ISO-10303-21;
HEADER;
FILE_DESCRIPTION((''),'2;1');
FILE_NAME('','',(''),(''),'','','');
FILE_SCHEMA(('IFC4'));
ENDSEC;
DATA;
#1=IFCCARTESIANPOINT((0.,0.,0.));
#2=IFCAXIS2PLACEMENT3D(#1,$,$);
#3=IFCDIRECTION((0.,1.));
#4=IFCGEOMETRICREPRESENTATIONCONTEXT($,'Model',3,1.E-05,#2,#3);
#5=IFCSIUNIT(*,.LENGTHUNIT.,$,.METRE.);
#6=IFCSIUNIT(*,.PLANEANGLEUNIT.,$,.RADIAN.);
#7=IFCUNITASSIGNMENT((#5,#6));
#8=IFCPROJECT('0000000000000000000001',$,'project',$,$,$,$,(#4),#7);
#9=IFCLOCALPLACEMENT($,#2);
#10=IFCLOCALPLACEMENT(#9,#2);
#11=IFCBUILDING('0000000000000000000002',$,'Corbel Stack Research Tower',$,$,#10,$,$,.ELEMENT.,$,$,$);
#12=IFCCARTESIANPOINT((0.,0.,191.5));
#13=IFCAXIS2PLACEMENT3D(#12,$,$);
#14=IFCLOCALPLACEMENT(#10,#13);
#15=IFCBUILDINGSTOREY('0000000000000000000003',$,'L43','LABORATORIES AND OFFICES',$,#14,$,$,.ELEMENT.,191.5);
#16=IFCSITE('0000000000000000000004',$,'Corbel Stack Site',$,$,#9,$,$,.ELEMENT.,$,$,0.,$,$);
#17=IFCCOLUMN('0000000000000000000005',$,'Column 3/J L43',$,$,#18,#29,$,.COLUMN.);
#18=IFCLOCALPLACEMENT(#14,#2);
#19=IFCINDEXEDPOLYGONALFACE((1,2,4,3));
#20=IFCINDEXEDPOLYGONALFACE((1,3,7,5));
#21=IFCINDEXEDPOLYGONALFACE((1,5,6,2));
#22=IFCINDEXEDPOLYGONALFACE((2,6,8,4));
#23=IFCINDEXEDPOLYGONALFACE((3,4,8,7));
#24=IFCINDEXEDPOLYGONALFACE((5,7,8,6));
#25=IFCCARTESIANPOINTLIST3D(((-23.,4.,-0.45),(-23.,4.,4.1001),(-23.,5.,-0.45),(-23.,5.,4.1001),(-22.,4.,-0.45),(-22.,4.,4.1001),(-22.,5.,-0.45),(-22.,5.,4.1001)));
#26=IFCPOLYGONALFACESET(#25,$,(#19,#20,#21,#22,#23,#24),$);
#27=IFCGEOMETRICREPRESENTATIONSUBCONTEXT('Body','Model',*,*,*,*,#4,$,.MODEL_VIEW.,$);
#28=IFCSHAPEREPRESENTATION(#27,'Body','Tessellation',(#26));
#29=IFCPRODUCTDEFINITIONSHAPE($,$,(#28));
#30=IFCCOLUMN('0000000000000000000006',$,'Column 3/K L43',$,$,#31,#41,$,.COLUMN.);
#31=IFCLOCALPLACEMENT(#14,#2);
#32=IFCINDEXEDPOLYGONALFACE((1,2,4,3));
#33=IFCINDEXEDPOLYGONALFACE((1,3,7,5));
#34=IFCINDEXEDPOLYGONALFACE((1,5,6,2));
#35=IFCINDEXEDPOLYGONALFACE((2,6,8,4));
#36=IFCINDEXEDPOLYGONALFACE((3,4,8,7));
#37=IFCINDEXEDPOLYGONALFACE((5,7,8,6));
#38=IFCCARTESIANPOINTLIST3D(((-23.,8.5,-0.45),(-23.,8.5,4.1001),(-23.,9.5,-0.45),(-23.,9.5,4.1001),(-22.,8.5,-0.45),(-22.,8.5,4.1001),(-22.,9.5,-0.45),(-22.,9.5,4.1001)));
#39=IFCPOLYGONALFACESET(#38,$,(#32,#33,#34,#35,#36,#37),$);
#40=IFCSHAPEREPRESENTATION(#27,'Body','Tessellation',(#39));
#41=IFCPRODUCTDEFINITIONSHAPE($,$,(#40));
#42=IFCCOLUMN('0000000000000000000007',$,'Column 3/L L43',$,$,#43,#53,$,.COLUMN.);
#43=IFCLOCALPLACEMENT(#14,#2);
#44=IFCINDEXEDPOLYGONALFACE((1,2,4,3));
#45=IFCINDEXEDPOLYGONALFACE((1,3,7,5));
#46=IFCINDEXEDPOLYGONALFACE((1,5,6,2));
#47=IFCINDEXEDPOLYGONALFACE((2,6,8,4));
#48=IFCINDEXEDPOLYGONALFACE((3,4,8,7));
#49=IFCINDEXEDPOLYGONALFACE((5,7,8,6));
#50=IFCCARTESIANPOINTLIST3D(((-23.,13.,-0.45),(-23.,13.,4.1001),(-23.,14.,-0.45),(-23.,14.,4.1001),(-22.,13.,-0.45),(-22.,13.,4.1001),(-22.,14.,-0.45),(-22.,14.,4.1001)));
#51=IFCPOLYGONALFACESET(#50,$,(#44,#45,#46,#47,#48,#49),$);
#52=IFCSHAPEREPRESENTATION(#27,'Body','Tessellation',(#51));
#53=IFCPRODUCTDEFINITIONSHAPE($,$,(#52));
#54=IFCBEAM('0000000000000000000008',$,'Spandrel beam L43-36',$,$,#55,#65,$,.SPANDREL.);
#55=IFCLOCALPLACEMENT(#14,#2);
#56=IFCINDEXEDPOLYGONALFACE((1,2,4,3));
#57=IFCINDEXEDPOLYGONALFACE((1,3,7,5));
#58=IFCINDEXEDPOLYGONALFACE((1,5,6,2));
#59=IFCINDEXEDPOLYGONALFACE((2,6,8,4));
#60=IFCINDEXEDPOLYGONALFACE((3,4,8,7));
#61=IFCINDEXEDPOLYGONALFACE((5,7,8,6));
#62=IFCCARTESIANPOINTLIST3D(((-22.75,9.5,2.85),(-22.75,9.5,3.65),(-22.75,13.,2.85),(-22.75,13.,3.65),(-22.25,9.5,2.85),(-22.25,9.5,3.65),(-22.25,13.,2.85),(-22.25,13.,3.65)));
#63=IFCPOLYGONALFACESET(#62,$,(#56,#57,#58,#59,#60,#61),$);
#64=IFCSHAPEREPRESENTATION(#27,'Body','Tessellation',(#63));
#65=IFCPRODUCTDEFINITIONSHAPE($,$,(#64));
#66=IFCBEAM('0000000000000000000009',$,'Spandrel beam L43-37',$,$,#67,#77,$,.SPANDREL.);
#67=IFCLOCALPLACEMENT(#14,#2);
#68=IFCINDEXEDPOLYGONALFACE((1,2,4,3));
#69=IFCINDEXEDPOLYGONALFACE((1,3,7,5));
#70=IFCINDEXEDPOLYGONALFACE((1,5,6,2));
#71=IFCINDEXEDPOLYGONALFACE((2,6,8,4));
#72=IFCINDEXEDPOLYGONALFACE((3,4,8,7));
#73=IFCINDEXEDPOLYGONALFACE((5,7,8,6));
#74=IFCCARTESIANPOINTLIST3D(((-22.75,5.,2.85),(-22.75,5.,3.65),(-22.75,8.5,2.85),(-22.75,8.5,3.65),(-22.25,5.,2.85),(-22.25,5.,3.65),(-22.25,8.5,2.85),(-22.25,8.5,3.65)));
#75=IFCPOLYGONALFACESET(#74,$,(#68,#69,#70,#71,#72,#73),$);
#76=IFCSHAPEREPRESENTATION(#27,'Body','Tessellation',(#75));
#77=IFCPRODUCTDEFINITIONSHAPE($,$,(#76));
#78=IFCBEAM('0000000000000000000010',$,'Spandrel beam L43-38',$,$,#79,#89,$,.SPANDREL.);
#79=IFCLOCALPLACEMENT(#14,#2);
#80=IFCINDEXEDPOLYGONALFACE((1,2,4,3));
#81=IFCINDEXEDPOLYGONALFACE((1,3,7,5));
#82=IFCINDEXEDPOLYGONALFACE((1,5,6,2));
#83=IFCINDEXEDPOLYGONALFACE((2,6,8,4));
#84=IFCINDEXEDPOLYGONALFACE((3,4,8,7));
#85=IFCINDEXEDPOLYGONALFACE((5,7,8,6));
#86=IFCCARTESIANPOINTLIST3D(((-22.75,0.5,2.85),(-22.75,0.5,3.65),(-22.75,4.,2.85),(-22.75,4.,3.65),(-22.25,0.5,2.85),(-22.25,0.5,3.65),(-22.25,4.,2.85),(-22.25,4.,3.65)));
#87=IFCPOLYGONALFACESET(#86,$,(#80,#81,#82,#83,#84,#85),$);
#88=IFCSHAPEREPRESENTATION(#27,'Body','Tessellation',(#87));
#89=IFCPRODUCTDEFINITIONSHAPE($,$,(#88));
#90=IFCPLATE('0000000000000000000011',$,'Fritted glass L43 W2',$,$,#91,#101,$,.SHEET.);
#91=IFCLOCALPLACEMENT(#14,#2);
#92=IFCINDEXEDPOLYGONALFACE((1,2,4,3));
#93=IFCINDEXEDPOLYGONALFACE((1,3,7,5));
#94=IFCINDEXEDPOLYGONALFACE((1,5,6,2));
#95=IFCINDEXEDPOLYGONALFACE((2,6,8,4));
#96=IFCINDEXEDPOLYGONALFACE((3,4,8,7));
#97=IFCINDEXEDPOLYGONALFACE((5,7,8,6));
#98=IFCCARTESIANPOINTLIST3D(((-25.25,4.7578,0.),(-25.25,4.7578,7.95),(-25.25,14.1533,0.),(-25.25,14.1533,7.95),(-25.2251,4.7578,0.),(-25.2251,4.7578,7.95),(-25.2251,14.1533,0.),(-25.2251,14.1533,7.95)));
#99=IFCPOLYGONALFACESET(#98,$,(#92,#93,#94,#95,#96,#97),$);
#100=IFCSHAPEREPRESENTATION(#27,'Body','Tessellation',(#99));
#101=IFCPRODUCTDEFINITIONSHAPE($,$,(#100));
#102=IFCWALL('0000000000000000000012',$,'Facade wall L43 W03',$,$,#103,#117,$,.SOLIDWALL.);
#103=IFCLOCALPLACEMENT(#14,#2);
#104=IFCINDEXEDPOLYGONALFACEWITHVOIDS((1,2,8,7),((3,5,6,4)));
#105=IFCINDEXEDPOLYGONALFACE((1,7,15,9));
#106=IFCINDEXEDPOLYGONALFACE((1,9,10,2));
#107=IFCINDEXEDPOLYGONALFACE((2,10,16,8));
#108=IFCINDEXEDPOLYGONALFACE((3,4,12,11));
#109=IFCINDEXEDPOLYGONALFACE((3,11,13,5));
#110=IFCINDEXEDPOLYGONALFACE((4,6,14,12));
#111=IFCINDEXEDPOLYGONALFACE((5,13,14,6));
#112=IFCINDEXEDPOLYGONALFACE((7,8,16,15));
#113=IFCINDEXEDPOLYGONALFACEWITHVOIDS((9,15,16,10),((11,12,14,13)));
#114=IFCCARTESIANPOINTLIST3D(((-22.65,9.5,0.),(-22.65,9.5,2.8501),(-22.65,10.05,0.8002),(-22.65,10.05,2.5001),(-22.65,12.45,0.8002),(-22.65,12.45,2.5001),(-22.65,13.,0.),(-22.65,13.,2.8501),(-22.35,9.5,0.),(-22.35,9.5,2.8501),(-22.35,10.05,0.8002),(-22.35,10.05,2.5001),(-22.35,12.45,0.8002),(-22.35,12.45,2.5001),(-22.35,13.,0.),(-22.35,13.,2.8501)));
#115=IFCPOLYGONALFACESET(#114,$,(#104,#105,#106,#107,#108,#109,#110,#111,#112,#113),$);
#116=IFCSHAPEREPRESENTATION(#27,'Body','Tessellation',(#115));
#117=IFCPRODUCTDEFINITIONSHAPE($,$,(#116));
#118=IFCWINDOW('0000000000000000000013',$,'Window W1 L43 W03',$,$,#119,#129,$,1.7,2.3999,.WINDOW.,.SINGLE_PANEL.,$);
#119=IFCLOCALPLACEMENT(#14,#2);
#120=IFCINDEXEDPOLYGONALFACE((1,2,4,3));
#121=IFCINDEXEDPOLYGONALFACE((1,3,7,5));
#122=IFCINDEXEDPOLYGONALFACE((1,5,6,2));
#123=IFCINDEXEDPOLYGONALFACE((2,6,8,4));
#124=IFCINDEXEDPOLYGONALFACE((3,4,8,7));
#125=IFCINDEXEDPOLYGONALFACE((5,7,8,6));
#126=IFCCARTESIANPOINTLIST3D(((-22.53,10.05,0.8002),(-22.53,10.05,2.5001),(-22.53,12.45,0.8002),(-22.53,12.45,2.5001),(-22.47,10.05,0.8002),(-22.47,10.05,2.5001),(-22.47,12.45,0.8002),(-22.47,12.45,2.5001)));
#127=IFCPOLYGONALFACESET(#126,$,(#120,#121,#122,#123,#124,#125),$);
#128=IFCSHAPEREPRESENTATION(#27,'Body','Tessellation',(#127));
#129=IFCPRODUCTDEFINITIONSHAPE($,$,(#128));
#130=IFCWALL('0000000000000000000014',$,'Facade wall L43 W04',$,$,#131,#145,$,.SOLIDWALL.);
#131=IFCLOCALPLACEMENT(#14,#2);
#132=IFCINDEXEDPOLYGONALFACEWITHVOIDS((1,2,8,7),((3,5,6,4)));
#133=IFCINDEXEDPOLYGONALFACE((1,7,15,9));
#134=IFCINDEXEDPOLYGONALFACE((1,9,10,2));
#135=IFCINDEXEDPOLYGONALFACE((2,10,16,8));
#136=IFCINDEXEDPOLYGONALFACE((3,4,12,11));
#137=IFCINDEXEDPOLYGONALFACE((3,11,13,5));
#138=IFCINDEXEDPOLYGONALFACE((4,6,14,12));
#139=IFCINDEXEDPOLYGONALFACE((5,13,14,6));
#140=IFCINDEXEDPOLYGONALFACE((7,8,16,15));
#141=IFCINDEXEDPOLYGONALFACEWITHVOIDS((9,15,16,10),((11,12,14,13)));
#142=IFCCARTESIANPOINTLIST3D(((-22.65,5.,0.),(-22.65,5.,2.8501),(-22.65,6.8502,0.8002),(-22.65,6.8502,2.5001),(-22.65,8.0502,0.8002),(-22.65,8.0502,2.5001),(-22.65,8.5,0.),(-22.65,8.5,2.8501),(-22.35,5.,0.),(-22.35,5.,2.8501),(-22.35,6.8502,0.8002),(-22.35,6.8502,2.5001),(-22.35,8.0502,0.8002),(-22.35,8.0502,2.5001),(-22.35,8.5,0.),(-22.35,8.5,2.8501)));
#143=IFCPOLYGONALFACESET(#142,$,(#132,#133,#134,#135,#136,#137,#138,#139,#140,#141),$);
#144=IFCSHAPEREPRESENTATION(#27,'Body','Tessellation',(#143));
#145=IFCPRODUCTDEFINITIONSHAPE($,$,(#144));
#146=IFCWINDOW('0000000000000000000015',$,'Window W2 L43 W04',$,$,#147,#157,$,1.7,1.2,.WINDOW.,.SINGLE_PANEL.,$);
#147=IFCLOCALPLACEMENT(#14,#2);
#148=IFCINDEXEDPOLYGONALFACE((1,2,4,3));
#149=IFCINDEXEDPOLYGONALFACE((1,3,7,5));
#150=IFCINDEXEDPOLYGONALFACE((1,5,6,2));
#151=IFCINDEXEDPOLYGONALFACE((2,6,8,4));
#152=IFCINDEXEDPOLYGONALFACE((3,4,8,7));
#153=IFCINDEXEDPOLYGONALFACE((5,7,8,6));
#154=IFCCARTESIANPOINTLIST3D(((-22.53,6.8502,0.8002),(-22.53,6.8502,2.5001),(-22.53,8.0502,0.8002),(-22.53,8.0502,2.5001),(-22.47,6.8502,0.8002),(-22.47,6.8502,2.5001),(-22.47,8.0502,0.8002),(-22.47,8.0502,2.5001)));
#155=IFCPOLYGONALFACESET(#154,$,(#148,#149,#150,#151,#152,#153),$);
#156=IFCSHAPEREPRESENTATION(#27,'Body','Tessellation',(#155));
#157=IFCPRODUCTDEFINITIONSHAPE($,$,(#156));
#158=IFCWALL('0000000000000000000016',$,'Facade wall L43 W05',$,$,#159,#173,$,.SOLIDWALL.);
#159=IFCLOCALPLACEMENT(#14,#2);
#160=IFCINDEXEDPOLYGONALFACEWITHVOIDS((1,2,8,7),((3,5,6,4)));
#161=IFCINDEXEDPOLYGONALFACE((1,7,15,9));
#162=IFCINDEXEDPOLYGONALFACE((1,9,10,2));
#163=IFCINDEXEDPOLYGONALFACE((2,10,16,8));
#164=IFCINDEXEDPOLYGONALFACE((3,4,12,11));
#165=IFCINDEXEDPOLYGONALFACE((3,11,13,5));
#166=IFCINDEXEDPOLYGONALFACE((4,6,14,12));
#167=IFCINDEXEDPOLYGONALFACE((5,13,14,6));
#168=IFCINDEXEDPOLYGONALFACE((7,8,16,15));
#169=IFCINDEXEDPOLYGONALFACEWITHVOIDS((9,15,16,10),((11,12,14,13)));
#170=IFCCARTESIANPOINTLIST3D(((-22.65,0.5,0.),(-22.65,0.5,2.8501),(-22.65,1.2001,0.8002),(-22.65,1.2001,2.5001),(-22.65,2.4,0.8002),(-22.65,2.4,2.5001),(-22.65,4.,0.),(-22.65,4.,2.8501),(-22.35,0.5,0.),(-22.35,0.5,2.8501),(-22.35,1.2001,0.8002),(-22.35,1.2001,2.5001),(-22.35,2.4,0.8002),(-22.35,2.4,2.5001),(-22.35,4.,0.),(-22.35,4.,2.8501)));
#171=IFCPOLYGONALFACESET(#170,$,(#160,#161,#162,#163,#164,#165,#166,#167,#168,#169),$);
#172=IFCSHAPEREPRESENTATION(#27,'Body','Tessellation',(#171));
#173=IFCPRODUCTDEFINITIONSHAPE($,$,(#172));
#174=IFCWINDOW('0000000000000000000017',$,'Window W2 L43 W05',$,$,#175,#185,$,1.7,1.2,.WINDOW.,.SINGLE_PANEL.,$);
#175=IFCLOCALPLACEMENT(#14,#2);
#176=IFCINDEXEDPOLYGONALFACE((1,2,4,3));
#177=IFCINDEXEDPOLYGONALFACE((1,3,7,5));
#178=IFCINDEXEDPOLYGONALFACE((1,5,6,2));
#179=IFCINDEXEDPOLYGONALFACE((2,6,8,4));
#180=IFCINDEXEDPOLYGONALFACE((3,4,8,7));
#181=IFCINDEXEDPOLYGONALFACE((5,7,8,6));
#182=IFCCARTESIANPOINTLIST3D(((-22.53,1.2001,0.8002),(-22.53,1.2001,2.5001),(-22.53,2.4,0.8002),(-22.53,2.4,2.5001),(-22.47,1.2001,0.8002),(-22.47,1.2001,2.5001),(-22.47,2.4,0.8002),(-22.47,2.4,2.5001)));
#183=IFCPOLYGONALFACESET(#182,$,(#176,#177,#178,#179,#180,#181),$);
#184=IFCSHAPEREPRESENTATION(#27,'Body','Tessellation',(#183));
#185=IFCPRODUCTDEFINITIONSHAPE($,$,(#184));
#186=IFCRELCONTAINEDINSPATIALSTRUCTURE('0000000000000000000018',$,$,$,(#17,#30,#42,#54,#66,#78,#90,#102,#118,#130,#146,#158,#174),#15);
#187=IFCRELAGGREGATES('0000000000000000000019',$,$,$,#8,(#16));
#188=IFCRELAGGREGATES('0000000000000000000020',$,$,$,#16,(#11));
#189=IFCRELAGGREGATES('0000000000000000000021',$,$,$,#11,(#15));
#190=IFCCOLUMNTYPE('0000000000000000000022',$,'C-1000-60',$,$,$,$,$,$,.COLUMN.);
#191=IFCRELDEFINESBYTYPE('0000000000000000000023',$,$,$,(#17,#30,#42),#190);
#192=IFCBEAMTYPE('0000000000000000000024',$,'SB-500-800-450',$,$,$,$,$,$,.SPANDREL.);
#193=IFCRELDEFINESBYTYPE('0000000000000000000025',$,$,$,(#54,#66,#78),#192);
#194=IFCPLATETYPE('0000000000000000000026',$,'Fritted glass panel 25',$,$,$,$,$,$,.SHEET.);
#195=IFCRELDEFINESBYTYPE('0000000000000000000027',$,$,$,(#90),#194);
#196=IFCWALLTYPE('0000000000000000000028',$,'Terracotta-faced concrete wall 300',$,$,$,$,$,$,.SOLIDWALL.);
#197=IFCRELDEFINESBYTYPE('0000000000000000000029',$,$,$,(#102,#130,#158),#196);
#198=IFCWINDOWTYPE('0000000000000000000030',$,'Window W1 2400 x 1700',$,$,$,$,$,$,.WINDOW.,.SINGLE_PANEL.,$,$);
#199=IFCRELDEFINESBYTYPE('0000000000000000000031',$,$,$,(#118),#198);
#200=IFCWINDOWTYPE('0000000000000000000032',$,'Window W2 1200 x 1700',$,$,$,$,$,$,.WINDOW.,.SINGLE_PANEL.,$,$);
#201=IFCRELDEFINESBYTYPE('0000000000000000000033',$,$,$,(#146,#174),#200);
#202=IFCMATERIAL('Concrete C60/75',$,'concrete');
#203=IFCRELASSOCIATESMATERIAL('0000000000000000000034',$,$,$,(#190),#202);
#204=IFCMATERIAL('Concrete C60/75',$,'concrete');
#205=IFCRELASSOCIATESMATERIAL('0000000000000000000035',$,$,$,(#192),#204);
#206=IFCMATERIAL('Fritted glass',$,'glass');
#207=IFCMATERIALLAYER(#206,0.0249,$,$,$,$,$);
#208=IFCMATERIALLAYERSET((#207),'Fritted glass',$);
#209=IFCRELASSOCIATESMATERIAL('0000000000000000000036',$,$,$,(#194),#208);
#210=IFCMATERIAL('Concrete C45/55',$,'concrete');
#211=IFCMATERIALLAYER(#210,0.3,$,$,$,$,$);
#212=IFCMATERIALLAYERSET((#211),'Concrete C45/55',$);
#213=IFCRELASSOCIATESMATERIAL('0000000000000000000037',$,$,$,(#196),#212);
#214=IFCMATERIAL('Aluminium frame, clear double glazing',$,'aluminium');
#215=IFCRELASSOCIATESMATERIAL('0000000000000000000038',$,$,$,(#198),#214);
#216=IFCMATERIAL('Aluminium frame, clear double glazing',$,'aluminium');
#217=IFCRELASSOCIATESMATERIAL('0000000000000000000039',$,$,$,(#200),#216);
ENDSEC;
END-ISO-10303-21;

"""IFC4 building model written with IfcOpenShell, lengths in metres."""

from ifc_helpers import new_model, si_unit, direction, frame, frame_2d, origin, origin_2d, place, context, subcontext, project, spatial, rectangle, extrude, material, layer, layer_set, material_profile, profile_set, type_object, element, fill, save


model = new_model("IFC4")

# Units and contexts
model_context = context("Model", 3, precision=1e-05, world=origin(), true_north=direction((0.0, 1.0)))
body_context = subcontext(model_context, "Body", "Model", "MODEL_VIEW")
ifc_project = project(units=[si_unit("LENGTHUNIT", "METRE"), si_unit("PLANEANGLEUNIT", "RADIAN")], contexts=[model_context])

# Site, building, storey
site_placement = place(None, origin())
site = spatial("IfcSite", under=ifc_project, at=site_placement, Name="Corbel Stack Site", CompositionType="ELEMENT", RefElevation=0.0)
building_placement = place(site_placement, origin())
building = spatial("IfcBuilding", under=site, at=building_placement, Name="Corbel Stack Research Tower", CompositionType="ELEMENT")
storey_placement = place(building_placement, frame((0.0, 0.0, 191.5)))
storey = spatial("IfcBuildingStorey", under=building, at=storey_placement, Name="L43", Description="LABORATORIES AND OFFICES", CompositionType="ELEMENT", Elevation=191.5)

# Columns
ifc_material_1 = material(Name="Concrete C60/75", Category="concrete")
ifc_material_profile_1 = material_profile(ifc_material_1, rectangle(XDim=1.0, YDim=1.0, at=origin_2d()), Name="RC 1000 x 1000")
ifc_profile_set_1 = profile_set([ifc_material_profile_1], Name="Concrete C60/75")
column_type = type_object("IfcColumnType", Name="C-1000-60", PredefinedType="COLUMN", material=ifc_profile_set_1)
for number, where, z_axis, x_axis, name in (
    (1, (-22.5, 4.5, -0.45), (0.0, 0.0, 1.0), (1.0, 0.0, 0.0), "Column 3/J L43"),
    (2, (-22.5, 9.0, -0.45), (0.0, 0.0, 1.0), (1.0, 0.0, 0.0), "Column 3/K L43"),
    (3, (-22.5, 13.5, -0.45), (0.0, 0.0, 1.0), (1.0, 0.0, 0.0), "Column 3/L L43"),
):
    element("IfcColumn", number, at=place(storey_placement, frame(where, z_axis=z_axis, x_axis=x_axis)), inside=storey, type_object=column_type, Name=name, PredefinedType="COLUMN", context=body_context, shape_type="SweptSolid", body=[
        extrude(rectangle(XDim=1.0, YDim=1.0, at=origin_2d()), origin(), (0.0, 0.0, 1.0), 4.55),
    ])

# Beams
ifc_material_2 = material(Name="Concrete C60/75", Category="concrete")
ifc_material_profile_2 = material_profile(ifc_material_2, rectangle(XDim=0.5, YDim=0.8, at=origin_2d()), Name="RC 500 x 800")
ifc_profile_set_2 = profile_set([ifc_material_profile_2], Name="Concrete C60/75")
beam_type = type_object("IfcBeamType", Name="SB-500-800-450", PredefinedType="SPANDREL", material=ifc_profile_set_2)
for number, where, z_axis, x_axis, name in (
    (4, (-22.5, 13.0, 3.25), (0.0, -1.0, 0.0), (1.0, 0.0, 0.0), "Spandrel beam L43-36"),
    (5, (-22.5, 8.5, 3.25), (0.0, -1.0, 0.0), (1.0, 0.0, 0.0), "Spandrel beam L43-37"),
    (6, (-22.5, 4.0, 3.25), (0.0, -1.0, 0.0), (1.0, 0.0, 0.0), "Spandrel beam L43-38"),
):
    element("IfcBeam", number, at=place(storey_placement, frame(where, z_axis=z_axis, x_axis=x_axis)), inside=storey, type_object=beam_type, Name=name, PredefinedType="SPANDREL", context=body_context, shape_type="SweptSolid", body=[
        extrude(rectangle(XDim=0.5, YDim=0.8, at=origin_2d()), origin(), (0.0, 0.0, 1.0), 3.5),
    ])

# Plate
ifc_material_3 = material(Name="Fritted glass", Category="glass")
ifc_layer_1 = layer(ifc_material_3, 0.0249)
ifc_layer_set_1 = layer_set([ifc_layer_1], Name="Fritted glass")
plate_type = type_object("IfcPlateType", Name="Fritted glass panel 25", PredefinedType="SHEET", material=ifc_layer_set_1)
plate_placement = place(storey_placement, frame((-25.2375, 9.4556, 0.0), z_axis=(0.0, 0.0, 1.0), x_axis=(0.0, -1.0, 0.0)))
element("IfcPlate", 7, at=plate_placement, inside=storey, type_object=plate_type, Name="Fritted glass L43 W2", PredefinedType="SHEET", context=body_context, shape_type="SweptSolid", body=[
    extrude(rectangle(XDim=9.3955, YDim=0.0249, at=origin_2d()), origin(), (0.0, 0.0, 1.0), 7.95),
])

# Walls, openings, windows
ifc_material_4 = material(Name="Concrete C45/55", Category="concrete")
ifc_layer_2 = layer(ifc_material_4, 0.3)
ifc_layer_set_2 = layer_set([ifc_layer_2], Name="Concrete C45/55")
wall_type = type_object("IfcWallType", Name="Terracotta-faced concrete wall 300", PredefinedType="SOLIDWALL", material=ifc_layer_set_2)
wall_1_placement = place(storey_placement, frame((-22.5, 9.5, 0.0), z_axis=(0.0, 0.0, 1.0), x_axis=(0.0, 1.0, 0.0)))
wall_1 = element("IfcWall", 8, at=wall_1_placement, inside=storey, type_object=wall_type, Name="Facade wall L43 W03", PredefinedType="SOLIDWALL", context=body_context, shape_type="SweptSolid", body=[
    extrude(rectangle(XDim=3.5, YDim=0.3, at=frame_2d((1.75, 0.0))), origin(), (0.0, 0.0, 1.0), 2.8501),
])
opening_1_placement = place(wall_1_placement, frame((0.55, 0.0, 0.8)))
opening_1 = element("IfcOpeningElement", 9, at=opening_1_placement, cuts=wall_1, PredefinedType="OPENING", context=body_context, shape_type="SweptSolid", body=[
    extrude(rectangle(XDim=2.3999, YDim=1.7, at=frame_2d((1.2, 0.8501))), frame((0.0, 0.1599, 0.0), z_axis=(0.0, -1.0, 0.0), x_axis=(1.0, 0.0, 0.0)), (0.0, 0.0, 1.0), 0.3201),
])
ifc_material_5 = material(Name="Aluminium frame, clear double glazing", Category="aluminium")
window_type_1 = type_object("IfcWindowType", Name="Window W1 2400 x 1700", PartitioningType="SINGLE_PANEL", PredefinedType="WINDOW", material=ifc_material_5)
window_1_placement = place(opening_1_placement, origin())
window_1 = element("IfcWindow", 10, at=window_1_placement, inside=storey, type_object=window_type_1, Name="Window W1 L43 W03", OverallHeight=1.7, OverallWidth=2.3999, PartitioningType="SINGLE_PANEL", PredefinedType="WINDOW", context=body_context, shape_type="SweptSolid", body=[
    extrude(rectangle(XDim=2.3999, YDim=1.7, at=frame_2d((1.2, 0.8501))), frame((0.0, 0.03, 0.0), z_axis=(0.0, -1.0, 0.0), x_axis=(1.0, 0.0, 0.0)), (0.0, 0.0, 1.0), 0.0601),
])
fill(opening_1, window_1)
wall_2_placement = place(storey_placement, frame((-22.5, 5.0, 0.0), z_axis=(0.0, 0.0, 1.0), x_axis=(0.0, 1.0, 0.0)))
wall_2 = element("IfcWall", 11, at=wall_2_placement, inside=storey, type_object=wall_type, Name="Facade wall L43 W04", PredefinedType="SOLIDWALL", context=body_context, shape_type="SweptSolid", body=[
    extrude(rectangle(XDim=3.5, YDim=0.3, at=frame_2d((1.75, 0.0))), origin(), (0.0, 0.0, 1.0), 2.8501),
])
opening_2_placement = place(wall_2_placement, frame((1.8501, 0.0, 0.8)))
opening_2 = element("IfcOpeningElement", 12, at=opening_2_placement, cuts=wall_2, PredefinedType="OPENING", context=body_context, shape_type="SweptSolid", body=[
    extrude(rectangle(XDim=1.2, YDim=1.7, at=frame_2d((0.6001, 0.8501))), frame((0.0, 0.1599, 0.0), z_axis=(0.0, -1.0, 0.0), x_axis=(1.0, 0.0, 0.0)), (0.0, 0.0, 1.0), 0.3201),
])
ifc_material_6 = material(Name="Aluminium frame, clear double glazing", Category="aluminium")
window_type_2 = type_object("IfcWindowType", Name="Window W2 1200 x 1700", PartitioningType="SINGLE_PANEL", PredefinedType="WINDOW", material=ifc_material_6)
window_2_placement = place(opening_2_placement, origin())
window_2 = element("IfcWindow", 13, at=window_2_placement, inside=storey, type_object=window_type_2, Name="Window W2 L43 W04", OverallHeight=1.7, OverallWidth=1.2, PartitioningType="SINGLE_PANEL", PredefinedType="WINDOW", context=body_context, shape_type="SweptSolid", body=[
    extrude(rectangle(XDim=1.2, YDim=1.7, at=frame_2d((0.6001, 0.8501))), frame((0.0, 0.03, 0.0), z_axis=(0.0, -1.0, 0.0), x_axis=(1.0, 0.0, 0.0)), (0.0, 0.0, 1.0), 0.0601),
])
fill(opening_2, window_2)
wall_3_placement = place(storey_placement, frame((-22.5, 0.5, 0.0), z_axis=(0.0, 0.0, 1.0), x_axis=(0.0, 1.0, 0.0)))
wall_3 = element("IfcWall", 14, at=wall_3_placement, inside=storey, type_object=wall_type, Name="Facade wall L43 W05", PredefinedType="SOLIDWALL", context=body_context, shape_type="SweptSolid", body=[
    extrude(rectangle(XDim=3.5, YDim=0.3, at=frame_2d((1.75, 0.0))), origin(), (0.0, 0.0, 1.0), 2.8501),
])
opening_3_placement = place(wall_3_placement, frame((0.7, 0.0, 0.8)))
opening_3 = element("IfcOpeningElement", 15, at=opening_3_placement, cuts=wall_3, PredefinedType="OPENING", context=body_context, shape_type="SweptSolid", body=[
    extrude(rectangle(XDim=1.2, YDim=1.7, at=frame_2d((0.6001, 0.8501))), frame((0.0, 0.1599, 0.0), z_axis=(0.0, -1.0, 0.0), x_axis=(1.0, 0.0, 0.0)), (0.0, 0.0, 1.0), 0.3201),
])
window_3_placement = place(opening_3_placement, origin())
window_3 = element("IfcWindow", 16, at=window_3_placement, inside=storey, type_object=window_type_2, Name="Window W2 L43 W05", OverallHeight=1.7, OverallWidth=1.2, PartitioningType="SINGLE_PANEL", PredefinedType="WINDOW", context=body_context, shape_type="SweptSolid", body=[
    extrude(rectangle(XDim=1.2, YDim=1.7, at=frame_2d((0.6001, 0.8501))), frame((0.0, 0.03, 0.0), z_axis=(0.0, -1.0, 0.0), x_axis=(1.0, 0.0, 0.0)), (0.0, 0.0, 1.0), 0.0601),
])
fill(opening_3, window_3)

save(model, "model.ifc")
